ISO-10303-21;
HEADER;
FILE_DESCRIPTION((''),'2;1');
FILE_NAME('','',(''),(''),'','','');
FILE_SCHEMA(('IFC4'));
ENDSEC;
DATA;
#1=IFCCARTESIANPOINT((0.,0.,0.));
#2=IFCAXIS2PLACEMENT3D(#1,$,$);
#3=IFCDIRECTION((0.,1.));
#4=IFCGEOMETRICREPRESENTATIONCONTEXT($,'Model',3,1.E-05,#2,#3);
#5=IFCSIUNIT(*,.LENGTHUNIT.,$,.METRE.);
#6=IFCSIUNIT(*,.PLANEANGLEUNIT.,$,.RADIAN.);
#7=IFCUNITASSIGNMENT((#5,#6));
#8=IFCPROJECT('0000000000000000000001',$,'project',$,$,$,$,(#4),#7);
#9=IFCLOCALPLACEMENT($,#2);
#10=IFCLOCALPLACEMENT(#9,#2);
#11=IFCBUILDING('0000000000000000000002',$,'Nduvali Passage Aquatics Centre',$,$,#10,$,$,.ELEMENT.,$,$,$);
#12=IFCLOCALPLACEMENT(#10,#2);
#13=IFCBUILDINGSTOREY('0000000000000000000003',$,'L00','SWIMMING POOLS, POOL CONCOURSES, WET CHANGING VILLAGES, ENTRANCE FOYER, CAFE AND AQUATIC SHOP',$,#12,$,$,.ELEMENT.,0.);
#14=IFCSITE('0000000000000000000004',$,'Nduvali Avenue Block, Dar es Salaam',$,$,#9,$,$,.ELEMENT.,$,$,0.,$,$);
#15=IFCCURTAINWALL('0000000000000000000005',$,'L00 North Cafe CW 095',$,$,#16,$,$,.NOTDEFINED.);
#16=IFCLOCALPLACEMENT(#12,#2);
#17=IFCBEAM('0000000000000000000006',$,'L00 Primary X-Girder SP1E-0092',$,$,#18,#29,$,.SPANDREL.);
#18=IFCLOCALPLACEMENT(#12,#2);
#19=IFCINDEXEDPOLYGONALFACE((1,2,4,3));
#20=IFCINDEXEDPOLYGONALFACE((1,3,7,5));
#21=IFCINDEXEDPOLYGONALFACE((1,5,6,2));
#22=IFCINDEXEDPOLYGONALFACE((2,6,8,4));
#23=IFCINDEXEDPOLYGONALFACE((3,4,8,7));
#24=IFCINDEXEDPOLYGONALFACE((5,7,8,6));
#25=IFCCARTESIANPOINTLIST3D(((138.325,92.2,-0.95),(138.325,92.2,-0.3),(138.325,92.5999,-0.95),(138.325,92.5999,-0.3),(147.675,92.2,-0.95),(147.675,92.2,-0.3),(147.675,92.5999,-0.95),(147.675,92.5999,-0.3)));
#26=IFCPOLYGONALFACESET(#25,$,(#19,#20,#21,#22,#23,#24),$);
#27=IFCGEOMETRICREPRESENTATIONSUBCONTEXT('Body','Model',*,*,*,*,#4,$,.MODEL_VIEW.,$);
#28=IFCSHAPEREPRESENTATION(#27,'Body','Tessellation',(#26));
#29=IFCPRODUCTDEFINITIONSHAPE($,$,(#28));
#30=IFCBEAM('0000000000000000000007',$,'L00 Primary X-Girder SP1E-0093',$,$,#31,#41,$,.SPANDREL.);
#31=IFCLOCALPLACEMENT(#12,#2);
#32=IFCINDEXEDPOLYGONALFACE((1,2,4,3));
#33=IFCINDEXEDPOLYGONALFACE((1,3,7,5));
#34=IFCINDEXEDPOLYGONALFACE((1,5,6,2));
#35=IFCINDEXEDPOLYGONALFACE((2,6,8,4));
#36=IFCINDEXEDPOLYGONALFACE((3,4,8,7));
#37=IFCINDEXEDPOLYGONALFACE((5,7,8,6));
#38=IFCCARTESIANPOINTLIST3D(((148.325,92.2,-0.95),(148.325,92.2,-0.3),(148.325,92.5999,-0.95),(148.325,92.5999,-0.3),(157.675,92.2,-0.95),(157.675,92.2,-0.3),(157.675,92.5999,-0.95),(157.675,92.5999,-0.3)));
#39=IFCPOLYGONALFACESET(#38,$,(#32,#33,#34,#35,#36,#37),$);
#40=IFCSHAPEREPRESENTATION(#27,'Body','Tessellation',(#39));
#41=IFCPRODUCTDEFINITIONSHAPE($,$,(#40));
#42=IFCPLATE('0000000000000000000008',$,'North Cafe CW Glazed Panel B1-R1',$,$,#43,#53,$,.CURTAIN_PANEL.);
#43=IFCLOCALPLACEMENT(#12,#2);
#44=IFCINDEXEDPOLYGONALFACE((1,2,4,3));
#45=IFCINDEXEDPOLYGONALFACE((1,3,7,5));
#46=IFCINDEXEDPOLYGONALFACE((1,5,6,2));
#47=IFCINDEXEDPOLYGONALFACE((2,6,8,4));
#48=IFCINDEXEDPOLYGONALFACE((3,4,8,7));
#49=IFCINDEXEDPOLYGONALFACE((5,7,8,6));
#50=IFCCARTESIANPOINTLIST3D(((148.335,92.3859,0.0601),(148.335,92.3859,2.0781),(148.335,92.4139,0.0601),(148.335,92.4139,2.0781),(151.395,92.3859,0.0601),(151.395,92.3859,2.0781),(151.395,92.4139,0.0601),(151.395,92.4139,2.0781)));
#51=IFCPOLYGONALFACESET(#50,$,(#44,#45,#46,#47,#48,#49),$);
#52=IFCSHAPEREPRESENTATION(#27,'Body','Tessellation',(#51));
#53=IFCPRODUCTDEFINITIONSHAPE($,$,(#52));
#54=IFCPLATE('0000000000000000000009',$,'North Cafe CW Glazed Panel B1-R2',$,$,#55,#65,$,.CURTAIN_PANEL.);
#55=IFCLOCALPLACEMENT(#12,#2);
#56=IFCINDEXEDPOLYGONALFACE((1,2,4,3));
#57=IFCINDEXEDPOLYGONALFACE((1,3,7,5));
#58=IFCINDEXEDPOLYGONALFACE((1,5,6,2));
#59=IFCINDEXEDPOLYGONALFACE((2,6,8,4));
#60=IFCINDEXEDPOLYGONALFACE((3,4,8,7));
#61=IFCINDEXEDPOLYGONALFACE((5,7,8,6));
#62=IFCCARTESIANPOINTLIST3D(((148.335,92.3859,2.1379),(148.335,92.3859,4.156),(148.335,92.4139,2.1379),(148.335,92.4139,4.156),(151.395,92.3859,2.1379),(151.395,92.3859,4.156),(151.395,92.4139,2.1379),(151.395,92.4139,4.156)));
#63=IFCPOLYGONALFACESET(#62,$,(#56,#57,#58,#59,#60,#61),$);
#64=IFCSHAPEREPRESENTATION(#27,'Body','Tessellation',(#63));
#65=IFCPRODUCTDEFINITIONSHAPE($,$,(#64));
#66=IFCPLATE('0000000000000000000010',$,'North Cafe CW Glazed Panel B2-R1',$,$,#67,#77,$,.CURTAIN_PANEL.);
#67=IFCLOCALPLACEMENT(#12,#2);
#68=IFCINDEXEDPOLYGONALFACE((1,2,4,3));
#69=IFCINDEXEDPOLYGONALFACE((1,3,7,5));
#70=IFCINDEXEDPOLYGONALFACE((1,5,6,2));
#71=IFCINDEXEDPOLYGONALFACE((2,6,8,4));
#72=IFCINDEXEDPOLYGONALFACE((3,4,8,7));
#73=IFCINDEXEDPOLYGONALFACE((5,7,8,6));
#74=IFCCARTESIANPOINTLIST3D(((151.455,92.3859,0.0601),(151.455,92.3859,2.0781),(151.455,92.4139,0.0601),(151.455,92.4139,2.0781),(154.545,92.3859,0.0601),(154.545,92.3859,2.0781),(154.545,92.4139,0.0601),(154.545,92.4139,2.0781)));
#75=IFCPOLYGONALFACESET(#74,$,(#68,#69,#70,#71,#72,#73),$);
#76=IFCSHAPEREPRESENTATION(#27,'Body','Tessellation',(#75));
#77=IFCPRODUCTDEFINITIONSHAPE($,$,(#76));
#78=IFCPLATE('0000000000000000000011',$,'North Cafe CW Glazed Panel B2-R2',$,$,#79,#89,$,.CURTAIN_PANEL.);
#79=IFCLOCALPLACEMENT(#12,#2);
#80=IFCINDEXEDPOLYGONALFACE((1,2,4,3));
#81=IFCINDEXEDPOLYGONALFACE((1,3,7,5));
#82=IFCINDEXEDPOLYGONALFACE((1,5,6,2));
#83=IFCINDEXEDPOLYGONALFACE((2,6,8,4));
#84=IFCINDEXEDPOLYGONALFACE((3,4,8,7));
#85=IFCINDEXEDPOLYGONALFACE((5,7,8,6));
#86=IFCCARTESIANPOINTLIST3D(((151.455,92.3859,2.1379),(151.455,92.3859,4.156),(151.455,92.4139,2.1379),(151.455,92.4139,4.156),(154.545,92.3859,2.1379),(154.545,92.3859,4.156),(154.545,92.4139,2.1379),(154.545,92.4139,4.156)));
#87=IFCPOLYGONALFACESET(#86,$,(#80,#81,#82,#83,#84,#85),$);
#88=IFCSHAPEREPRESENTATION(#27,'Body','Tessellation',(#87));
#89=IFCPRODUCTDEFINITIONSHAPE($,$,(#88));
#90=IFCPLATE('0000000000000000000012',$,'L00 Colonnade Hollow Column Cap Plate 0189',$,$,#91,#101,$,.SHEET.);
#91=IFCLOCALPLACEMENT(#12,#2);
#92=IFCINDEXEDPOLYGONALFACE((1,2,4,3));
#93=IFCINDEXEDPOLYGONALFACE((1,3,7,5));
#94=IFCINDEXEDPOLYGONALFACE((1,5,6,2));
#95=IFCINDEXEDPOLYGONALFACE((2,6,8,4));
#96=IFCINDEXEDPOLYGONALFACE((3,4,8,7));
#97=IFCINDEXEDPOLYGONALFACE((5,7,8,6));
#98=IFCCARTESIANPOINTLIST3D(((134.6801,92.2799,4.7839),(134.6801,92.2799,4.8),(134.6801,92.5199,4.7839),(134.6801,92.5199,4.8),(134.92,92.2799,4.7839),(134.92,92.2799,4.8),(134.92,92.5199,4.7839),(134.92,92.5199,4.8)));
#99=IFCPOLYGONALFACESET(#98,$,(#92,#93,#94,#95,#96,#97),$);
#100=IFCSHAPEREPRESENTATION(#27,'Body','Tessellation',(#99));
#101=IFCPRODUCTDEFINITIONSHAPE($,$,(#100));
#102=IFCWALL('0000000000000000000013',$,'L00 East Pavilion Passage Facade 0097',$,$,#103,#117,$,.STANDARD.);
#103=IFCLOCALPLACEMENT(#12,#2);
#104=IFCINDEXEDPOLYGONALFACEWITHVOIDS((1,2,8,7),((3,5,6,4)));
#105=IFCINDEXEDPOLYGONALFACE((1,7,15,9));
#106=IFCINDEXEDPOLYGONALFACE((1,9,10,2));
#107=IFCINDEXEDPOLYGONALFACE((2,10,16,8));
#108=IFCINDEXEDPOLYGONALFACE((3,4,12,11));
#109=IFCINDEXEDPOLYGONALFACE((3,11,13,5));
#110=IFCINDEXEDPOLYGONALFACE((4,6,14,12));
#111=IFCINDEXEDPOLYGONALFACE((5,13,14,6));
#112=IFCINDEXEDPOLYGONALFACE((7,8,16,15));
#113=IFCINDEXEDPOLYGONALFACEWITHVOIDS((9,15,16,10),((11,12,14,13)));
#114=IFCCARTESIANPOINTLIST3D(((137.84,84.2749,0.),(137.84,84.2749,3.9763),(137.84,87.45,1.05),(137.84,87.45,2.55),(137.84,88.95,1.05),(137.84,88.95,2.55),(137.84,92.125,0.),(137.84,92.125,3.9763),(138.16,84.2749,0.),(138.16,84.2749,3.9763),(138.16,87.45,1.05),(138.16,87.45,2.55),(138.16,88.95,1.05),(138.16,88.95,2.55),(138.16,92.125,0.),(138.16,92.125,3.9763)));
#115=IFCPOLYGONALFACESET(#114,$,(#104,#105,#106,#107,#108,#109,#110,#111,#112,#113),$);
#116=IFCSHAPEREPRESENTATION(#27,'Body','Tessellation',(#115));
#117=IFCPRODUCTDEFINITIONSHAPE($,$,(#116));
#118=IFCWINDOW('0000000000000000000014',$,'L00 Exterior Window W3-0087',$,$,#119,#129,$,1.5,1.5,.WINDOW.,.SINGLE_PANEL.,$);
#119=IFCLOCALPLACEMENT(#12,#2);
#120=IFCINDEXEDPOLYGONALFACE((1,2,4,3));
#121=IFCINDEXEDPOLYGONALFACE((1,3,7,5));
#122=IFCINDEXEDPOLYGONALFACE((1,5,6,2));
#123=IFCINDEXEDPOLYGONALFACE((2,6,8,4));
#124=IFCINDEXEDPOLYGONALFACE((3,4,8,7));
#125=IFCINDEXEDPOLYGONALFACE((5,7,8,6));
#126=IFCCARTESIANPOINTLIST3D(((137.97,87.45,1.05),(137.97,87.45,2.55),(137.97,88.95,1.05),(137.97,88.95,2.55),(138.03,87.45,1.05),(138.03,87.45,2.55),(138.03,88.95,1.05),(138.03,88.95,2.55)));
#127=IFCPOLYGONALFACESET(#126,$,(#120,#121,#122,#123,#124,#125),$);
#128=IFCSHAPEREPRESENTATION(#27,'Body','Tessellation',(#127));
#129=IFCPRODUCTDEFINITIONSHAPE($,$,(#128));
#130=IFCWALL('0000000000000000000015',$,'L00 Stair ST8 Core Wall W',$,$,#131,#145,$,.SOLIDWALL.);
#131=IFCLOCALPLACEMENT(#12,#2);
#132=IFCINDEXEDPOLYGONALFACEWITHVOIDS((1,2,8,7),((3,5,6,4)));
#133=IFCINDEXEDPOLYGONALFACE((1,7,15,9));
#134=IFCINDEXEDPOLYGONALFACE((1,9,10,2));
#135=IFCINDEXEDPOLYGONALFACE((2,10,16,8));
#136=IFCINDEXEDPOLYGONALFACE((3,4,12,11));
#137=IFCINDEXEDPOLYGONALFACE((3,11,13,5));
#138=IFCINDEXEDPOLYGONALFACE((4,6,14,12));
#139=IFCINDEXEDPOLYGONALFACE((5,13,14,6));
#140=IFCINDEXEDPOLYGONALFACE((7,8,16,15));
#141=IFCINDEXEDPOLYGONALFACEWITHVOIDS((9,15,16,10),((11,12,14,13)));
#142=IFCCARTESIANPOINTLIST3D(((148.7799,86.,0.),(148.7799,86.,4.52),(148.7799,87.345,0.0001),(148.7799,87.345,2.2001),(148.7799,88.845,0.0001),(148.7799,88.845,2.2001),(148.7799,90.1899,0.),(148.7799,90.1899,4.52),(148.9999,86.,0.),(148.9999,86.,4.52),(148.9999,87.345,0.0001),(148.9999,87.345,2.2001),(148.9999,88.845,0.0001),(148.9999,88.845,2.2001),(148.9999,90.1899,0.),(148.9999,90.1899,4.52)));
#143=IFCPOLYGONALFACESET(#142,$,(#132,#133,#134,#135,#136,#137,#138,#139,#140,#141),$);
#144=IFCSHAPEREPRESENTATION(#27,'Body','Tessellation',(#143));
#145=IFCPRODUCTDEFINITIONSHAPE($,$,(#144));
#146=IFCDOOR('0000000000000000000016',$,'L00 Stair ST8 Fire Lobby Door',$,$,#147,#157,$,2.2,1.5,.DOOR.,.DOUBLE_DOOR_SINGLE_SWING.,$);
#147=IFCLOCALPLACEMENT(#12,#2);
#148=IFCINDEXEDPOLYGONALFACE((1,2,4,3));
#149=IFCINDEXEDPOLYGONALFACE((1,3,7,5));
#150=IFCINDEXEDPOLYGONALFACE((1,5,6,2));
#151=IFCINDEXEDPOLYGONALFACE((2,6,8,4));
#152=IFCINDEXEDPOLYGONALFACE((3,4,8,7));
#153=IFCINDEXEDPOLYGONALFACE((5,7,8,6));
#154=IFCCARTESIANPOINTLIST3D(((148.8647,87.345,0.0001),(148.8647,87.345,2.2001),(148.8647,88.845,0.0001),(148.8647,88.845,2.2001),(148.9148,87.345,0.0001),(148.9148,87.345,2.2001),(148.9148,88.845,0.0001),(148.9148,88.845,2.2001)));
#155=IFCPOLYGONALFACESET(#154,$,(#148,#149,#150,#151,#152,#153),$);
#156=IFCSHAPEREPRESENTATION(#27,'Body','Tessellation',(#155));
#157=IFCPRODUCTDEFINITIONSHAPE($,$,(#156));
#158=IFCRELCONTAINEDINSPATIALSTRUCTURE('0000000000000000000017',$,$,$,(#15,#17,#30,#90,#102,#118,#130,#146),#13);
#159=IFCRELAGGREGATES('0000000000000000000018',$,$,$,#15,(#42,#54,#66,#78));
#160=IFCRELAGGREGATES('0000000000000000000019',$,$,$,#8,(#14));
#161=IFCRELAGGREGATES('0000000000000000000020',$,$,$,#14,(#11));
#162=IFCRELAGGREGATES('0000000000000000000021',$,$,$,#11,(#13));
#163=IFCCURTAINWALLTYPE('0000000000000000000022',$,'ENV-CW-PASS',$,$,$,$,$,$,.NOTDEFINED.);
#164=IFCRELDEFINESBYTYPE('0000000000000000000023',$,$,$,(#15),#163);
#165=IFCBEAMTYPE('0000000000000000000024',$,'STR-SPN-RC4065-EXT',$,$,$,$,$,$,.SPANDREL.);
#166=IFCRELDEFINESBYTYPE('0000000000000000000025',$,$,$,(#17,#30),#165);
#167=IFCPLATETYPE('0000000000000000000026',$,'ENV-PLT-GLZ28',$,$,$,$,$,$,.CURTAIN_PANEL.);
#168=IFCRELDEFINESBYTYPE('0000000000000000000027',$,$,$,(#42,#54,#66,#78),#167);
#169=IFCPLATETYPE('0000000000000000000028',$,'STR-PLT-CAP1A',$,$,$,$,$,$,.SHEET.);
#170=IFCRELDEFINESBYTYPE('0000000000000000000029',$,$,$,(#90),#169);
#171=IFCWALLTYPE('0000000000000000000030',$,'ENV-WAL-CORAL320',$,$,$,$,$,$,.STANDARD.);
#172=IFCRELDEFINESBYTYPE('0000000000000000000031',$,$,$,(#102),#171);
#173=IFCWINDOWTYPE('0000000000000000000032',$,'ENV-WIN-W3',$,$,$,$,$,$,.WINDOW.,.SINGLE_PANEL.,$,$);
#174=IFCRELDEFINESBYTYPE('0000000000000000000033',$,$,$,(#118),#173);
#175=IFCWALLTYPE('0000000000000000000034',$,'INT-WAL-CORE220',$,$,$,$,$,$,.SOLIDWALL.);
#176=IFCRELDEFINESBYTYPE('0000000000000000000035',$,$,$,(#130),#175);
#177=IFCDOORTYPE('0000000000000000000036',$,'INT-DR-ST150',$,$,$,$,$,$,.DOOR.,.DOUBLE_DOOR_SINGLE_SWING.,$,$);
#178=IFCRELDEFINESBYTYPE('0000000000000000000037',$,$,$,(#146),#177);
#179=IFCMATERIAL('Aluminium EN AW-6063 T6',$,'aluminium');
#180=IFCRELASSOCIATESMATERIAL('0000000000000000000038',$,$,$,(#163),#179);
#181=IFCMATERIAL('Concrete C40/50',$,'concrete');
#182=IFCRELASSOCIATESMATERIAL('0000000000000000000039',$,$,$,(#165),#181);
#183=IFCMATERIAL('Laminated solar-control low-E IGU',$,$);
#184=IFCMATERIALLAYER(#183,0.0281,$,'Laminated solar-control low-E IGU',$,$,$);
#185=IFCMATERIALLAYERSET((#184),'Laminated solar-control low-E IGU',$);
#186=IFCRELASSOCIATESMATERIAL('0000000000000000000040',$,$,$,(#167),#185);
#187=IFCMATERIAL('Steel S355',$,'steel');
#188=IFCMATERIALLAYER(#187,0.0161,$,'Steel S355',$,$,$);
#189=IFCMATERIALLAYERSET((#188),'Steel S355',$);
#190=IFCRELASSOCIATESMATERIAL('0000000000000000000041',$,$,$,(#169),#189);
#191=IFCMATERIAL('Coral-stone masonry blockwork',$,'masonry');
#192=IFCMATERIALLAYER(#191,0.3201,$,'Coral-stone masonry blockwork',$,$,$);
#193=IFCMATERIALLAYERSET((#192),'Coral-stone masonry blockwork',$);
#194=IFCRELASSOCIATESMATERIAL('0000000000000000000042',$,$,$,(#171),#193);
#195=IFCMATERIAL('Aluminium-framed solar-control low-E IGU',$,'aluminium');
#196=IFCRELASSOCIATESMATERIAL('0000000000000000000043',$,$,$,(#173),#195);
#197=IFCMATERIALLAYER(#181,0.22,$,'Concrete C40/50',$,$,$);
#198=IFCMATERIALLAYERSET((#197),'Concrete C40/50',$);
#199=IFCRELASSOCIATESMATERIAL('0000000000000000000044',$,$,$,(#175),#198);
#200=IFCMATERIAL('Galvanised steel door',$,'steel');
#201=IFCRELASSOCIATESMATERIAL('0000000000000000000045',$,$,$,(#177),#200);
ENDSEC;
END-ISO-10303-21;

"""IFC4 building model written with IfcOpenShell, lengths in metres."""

from ifc_helpers import new_model, si_unit, direction, frame, frame_2d, origin, origin_2d, place, context, subcontext, project, spatial, rectangle, extrude, material, layer, layer_set, material_profile, profile_set, type_object, element, fill, aggregate, save


model = new_model("IFC4")

# Units and contexts
model_context = context("Model", 3, precision=1e-05, world=origin(), true_north=direction((0.0, 1.0)))
body_context = subcontext(model_context, "Body", "Model", "MODEL_VIEW")
ifc_project = project(units=[si_unit("LENGTHUNIT", "METRE"), si_unit("PLANEANGLEUNIT", "RADIAN")], contexts=[model_context])

# Site, building, storey
site_placement = place(None, origin())
site = spatial("IfcSite", under=ifc_project, at=site_placement, Name="Nduvali Avenue Block, Dar es Salaam", CompositionType="ELEMENT", RefElevation=0.0)
building_placement = place(site_placement, origin())
building = spatial("IfcBuilding", under=site, at=building_placement, Name="Nduvali Passage Aquatics Centre", CompositionType="ELEMENT")
storey_placement = place(building_placement, origin())
storey = spatial("IfcBuildingStorey", under=building, at=storey_placement, Name="L00", Description="SWIMMING POOLS, POOL CONCOURSES, WET CHANGING VILLAGES, ENTRANCE FOYER, CAFE AND AQUATIC SHOP", CompositionType="ELEMENT", Elevation=0.0)

# Shared definitions
ifc_material_1 = material(Name="Concrete C40/50", Category="concrete")
ifc_material_2 = material(Name="Steel S355", Category="steel")

# Curtain wall
ifc_material_3 = material(Name="Aluminium EN AW-6063 T6", Category="aluminium")
curtain_wall_type = type_object("IfcCurtainWallType", Name="ENV-CW-PASS", PredefinedType="NOTDEFINED", material=ifc_material_3)
curtain_wall_placement = place(storey_placement, origin())
curtain_wall = element("IfcCurtainWall", 1, at=curtain_wall_placement, inside=storey, type_object=curtain_wall_type, Name="L00 North Cafe CW 095", PredefinedType="NOTDEFINED")

# Beams
ifc_material_profile_1 = material_profile(ifc_material_1, rectangle(XDim=0.3999, YDim=0.6499, at=origin_2d()), Name="RC 400x650")
ifc_profile_set_1 = profile_set([ifc_material_profile_1], Name="Concrete C40/50")
beam_type_1 = type_object("IfcBeamType", Name="STR-SPN-RC4065-EXT", PredefinedType="SPANDREL", material=ifc_profile_set_1)
for number, where, z_axis, x_axis, name in (
    (2, (138.325, 92.3999, -0.625), (1.0, 0.0, 0.0), (0.0, 1.0, 0.0), "L00 Primary X-Girder SP1E-0092"),
    (3, (148.325, 92.3999, -0.625), (1.0, 0.0, 0.0), (0.0, 1.0, 0.0), "L00 Primary X-Girder SP1E-0093"),
):
    element("IfcBeam", number, at=place(storey_placement, frame(where, z_axis=z_axis, x_axis=x_axis)), inside=storey, type_object=beam_type_1, Name=name, PredefinedType="SPANDREL", context=body_context, shape_type="SweptSolid", body=[
        extrude(rectangle(XDim=0.3999, YDim=0.6499, at=origin_2d()), origin(), (0.0, 0.0, 1.0), 9.3501),
    ])

# Plates
ifc_material_4 = material(Name="Laminated solar-control low-E IGU")
ifc_layer_1 = layer(ifc_material_4, 0.0281, Name="Laminated solar-control low-E IGU")
ifc_layer_set_1 = layer_set([ifc_layer_1], Name="Laminated solar-control low-E IGU")
plate_type_1 = type_object("IfcPlateType", Name="ENV-PLT-GLZ28", PredefinedType="CURTAIN_PANEL", material=ifc_layer_set_1)
plate_1_placement = place(storey_placement, frame((149.865, 92.3999, 0.0601), z_axis=(0.0, 0.0, 1.0), x_axis=(1.0, 0.0, 0.0)))
plate_1 = element("IfcPlate", 4, at=plate_1_placement, type_object=plate_type_1, Name="North Cafe CW Glazed Panel B1-R1", PredefinedType="CURTAIN_PANEL", context=body_context, shape_type="SweptSolid", body=[
    extrude(rectangle(XDim=3.0601, YDim=0.0281, at=origin_2d()), origin(), (0.0, 0.0, 1.0), 2.0181),
])
plate_2_placement = place(storey_placement, frame((149.865, 92.3999, 2.1379), z_axis=(0.0, 0.0, 1.0), x_axis=(1.0, 0.0, 0.0)))
plate_2 = element("IfcPlate", 5, at=plate_2_placement, type_object=plate_type_1, Name="North Cafe CW Glazed Panel B1-R2", PredefinedType="CURTAIN_PANEL", context=body_context, shape_type="SweptSolid", body=[
    extrude(rectangle(XDim=3.0601, YDim=0.0281, at=origin_2d()), origin(), (0.0, 0.0, 1.0), 2.0181),
])
plate_3_placement = place(storey_placement, frame((153.0, 92.3999, 0.0601), z_axis=(0.0, 0.0, 1.0), x_axis=(1.0, 0.0, 0.0)))
plate_3 = element("IfcPlate", 6, at=plate_3_placement, type_object=plate_type_1, Name="North Cafe CW Glazed Panel B2-R1", PredefinedType="CURTAIN_PANEL", context=body_context, shape_type="SweptSolid", body=[
    extrude(rectangle(XDim=3.0901, YDim=0.0281, at=origin_2d()), origin(), (0.0, 0.0, 1.0), 2.0181),
])
plate_4_placement = place(storey_placement, frame((153.0, 92.3999, 2.1379), z_axis=(0.0, 0.0, 1.0), x_axis=(1.0, 0.0, 0.0)))
plate_4 = element("IfcPlate", 7, at=plate_4_placement, type_object=plate_type_1, Name="North Cafe CW Glazed Panel B2-R2", PredefinedType="CURTAIN_PANEL", context=body_context, shape_type="SweptSolid", body=[
    extrude(rectangle(XDim=3.0901, YDim=0.0281, at=origin_2d()), origin(), (0.0, 0.0, 1.0), 2.0181),
])
aggregate(curtain_wall, [plate_1, plate_2, plate_3, plate_4])
ifc_layer_2 = layer(ifc_material_2, 0.0161, Name="Steel S355")
ifc_layer_set_2 = layer_set([ifc_layer_2], Name="Steel S355")
plate_type_2 = type_object("IfcPlateType", Name="STR-PLT-CAP1A", PredefinedType="SHEET", material=ifc_layer_set_2)
plate_5_placement = place(storey_placement, frame((134.8, 92.3999, 4.7839), z_axis=(0.0, 0.0, 1.0), x_axis=(1.0, 0.0, 0.0)))
element("IfcPlate", 8, at=plate_5_placement, inside=storey, type_object=plate_type_2, Name="L00 Colonnade Hollow Column Cap Plate 0189", PredefinedType="SHEET", context=body_context, shape_type="SweptSolid", body=[
    extrude(rectangle(XDim=0.24, YDim=0.24, at=origin_2d()), origin(), (0.0, 0.0, 1.0), 0.0161),
])

# Shared definitions
ifc_material_5 = material(Name="Coral-stone masonry blockwork", Category="masonry")
ifc_layer_3 = layer(ifc_material_5, 0.3201, Name="Coral-stone masonry blockwork")
ifc_layer_set_3 = layer_set([ifc_layer_3], Name="Coral-stone masonry blockwork")
wall_type_1 = type_object("IfcWallType", Name="ENV-WAL-CORAL320", PredefinedType="STANDARD", material=ifc_layer_set_3)

# Wall, opening, window
wall_1_placement = place(storey_placement, frame((138.0, 92.125, 0.0), z_axis=(0.0, 0.0, 1.0), x_axis=(0.0, -1.0, 0.0)))
wall_1 = element("IfcWall", 9, at=wall_1_placement, inside=storey, type_object=wall_type_1, Name="L00 East Pavilion Passage Facade 0097", PredefinedType="STANDARD", context=body_context, shape_type="SweptSolid", body=[
    extrude(rectangle(XDim=7.8501, YDim=0.3201, at=frame_2d((3.925, 0.0))), origin(), (0.0, 0.0, 1.0), 3.9763),
])
opening_1_placement = place(wall_1_placement, frame((3.175, 0.0, 1.05)))
opening_1 = element("IfcOpeningElement", 10, at=opening_1_placement, cuts=wall_1, PredefinedType="OPENING", context=body_context, shape_type="SweptSolid", body=[
    extrude(rectangle(XDim=1.5, YDim=1.5, at=frame_2d((0.75, 0.75))), frame((0.0, 0.1748, 0.0), z_axis=(0.0, -1.0, 0.0), x_axis=(1.0, 0.0, 0.0)), (0.0, 0.0, 1.0), 0.3499),
])
ifc_material_6 = material(Name="Aluminium-framed solar-control low-E IGU", Category="aluminium")
window_type = type_object("IfcWindowType", Name="ENV-WIN-W3", PartitioningType="SINGLE_PANEL", PredefinedType="WINDOW", material=ifc_material_6)
window_placement = place(opening_1_placement, origin())
window = element("IfcWindow", 11, at=window_placement, inside=storey, type_object=window_type, Name="L00 Exterior Window W3-0087", OverallHeight=1.5, OverallWidth=1.5, PartitioningType="SINGLE_PANEL", PredefinedType="WINDOW", context=body_context, shape_type="SweptSolid", body=[
    extrude(rectangle(XDim=1.5, YDim=1.5, at=frame_2d((0.75, 0.75))), frame((0.0, 0.03, 0.0), z_axis=(0.0, -1.0, 0.0), x_axis=(1.0, 0.0, 0.0)), (0.0, 0.0, 1.0), 0.0601),
])
fill(opening_1, window)

# Wall, opening, door
ifc_layer_4 = layer(ifc_material_1, 0.22, Name="Concrete C40/50")
ifc_layer_set_4 = layer_set([ifc_layer_4], Name="Concrete C40/50")
wall_type_2 = type_object("IfcWallType", Name="INT-WAL-CORE220", PredefinedType="SOLIDWALL", material=ifc_layer_set_4)
wall_2_placement = place(storey_placement, frame((148.8899, 90.1899, 0.0), z_axis=(0.0, 0.0, 1.0), x_axis=(0.0, -1.0, 0.0)))
wall_2 = element("IfcWall", 12, at=wall_2_placement, inside=storey, type_object=wall_type_2, Name="L00 Stair ST8 Core Wall W", PredefinedType="SOLIDWALL", context=body_context, shape_type="SweptSolid", body=[
    extrude(rectangle(XDim=4.1899, YDim=0.22, at=frame_2d((2.095, 0.0))), origin(), (0.0, 0.0, 1.0), 4.52),
])
opening_2_placement = place(wall_2_placement, frame((1.345, 0.0, 0.0)))
opening_2 = element("IfcOpeningElement", 13, at=opening_2_placement, cuts=wall_2, PredefinedType="OPENING", context=body_context, shape_type="SweptSolid", body=[
    extrude(rectangle(XDim=1.5, YDim=2.2, at=frame_2d((0.75, 1.1001))), frame((0.0, 0.125, 0.0), z_axis=(0.0, -1.0, 0.0), x_axis=(1.0, 0.0, 0.0)), (0.0, 0.0, 1.0), 0.2498),
])
ifc_material_7 = material(Name="Galvanised steel door", Category="steel")
door_type_1 = type_object("IfcDoorType", Name="INT-DR-ST150", OperationType="DOUBLE_DOOR_SINGLE_SWING", PredefinedType="DOOR", material=ifc_material_7)
door_1_placement = place(opening_2_placement, origin())
door_1 = element("IfcDoor", 14, at=door_1_placement, inside=storey, type_object=door_type_1, Name="L00 Stair ST8 Fire Lobby Door", OperationType="DOUBLE_DOOR_SINGLE_SWING", OverallHeight=2.2, OverallWidth=1.5, PredefinedType="DOOR", context=body_context, shape_type="SweptSolid", body=[
    extrude(rectangle(XDim=1.5, YDim=2.2, at=frame_2d((0.75, 1.1001))), frame((0.0, 0.0249, 0.0), z_axis=(0.0, -1.0, 0.0), x_axis=(1.0, 0.0, 0.0)), (0.0, 0.0, 1.0), 0.05),
])
fill(opening_2, door_1)

save(model, "model.ifc")
